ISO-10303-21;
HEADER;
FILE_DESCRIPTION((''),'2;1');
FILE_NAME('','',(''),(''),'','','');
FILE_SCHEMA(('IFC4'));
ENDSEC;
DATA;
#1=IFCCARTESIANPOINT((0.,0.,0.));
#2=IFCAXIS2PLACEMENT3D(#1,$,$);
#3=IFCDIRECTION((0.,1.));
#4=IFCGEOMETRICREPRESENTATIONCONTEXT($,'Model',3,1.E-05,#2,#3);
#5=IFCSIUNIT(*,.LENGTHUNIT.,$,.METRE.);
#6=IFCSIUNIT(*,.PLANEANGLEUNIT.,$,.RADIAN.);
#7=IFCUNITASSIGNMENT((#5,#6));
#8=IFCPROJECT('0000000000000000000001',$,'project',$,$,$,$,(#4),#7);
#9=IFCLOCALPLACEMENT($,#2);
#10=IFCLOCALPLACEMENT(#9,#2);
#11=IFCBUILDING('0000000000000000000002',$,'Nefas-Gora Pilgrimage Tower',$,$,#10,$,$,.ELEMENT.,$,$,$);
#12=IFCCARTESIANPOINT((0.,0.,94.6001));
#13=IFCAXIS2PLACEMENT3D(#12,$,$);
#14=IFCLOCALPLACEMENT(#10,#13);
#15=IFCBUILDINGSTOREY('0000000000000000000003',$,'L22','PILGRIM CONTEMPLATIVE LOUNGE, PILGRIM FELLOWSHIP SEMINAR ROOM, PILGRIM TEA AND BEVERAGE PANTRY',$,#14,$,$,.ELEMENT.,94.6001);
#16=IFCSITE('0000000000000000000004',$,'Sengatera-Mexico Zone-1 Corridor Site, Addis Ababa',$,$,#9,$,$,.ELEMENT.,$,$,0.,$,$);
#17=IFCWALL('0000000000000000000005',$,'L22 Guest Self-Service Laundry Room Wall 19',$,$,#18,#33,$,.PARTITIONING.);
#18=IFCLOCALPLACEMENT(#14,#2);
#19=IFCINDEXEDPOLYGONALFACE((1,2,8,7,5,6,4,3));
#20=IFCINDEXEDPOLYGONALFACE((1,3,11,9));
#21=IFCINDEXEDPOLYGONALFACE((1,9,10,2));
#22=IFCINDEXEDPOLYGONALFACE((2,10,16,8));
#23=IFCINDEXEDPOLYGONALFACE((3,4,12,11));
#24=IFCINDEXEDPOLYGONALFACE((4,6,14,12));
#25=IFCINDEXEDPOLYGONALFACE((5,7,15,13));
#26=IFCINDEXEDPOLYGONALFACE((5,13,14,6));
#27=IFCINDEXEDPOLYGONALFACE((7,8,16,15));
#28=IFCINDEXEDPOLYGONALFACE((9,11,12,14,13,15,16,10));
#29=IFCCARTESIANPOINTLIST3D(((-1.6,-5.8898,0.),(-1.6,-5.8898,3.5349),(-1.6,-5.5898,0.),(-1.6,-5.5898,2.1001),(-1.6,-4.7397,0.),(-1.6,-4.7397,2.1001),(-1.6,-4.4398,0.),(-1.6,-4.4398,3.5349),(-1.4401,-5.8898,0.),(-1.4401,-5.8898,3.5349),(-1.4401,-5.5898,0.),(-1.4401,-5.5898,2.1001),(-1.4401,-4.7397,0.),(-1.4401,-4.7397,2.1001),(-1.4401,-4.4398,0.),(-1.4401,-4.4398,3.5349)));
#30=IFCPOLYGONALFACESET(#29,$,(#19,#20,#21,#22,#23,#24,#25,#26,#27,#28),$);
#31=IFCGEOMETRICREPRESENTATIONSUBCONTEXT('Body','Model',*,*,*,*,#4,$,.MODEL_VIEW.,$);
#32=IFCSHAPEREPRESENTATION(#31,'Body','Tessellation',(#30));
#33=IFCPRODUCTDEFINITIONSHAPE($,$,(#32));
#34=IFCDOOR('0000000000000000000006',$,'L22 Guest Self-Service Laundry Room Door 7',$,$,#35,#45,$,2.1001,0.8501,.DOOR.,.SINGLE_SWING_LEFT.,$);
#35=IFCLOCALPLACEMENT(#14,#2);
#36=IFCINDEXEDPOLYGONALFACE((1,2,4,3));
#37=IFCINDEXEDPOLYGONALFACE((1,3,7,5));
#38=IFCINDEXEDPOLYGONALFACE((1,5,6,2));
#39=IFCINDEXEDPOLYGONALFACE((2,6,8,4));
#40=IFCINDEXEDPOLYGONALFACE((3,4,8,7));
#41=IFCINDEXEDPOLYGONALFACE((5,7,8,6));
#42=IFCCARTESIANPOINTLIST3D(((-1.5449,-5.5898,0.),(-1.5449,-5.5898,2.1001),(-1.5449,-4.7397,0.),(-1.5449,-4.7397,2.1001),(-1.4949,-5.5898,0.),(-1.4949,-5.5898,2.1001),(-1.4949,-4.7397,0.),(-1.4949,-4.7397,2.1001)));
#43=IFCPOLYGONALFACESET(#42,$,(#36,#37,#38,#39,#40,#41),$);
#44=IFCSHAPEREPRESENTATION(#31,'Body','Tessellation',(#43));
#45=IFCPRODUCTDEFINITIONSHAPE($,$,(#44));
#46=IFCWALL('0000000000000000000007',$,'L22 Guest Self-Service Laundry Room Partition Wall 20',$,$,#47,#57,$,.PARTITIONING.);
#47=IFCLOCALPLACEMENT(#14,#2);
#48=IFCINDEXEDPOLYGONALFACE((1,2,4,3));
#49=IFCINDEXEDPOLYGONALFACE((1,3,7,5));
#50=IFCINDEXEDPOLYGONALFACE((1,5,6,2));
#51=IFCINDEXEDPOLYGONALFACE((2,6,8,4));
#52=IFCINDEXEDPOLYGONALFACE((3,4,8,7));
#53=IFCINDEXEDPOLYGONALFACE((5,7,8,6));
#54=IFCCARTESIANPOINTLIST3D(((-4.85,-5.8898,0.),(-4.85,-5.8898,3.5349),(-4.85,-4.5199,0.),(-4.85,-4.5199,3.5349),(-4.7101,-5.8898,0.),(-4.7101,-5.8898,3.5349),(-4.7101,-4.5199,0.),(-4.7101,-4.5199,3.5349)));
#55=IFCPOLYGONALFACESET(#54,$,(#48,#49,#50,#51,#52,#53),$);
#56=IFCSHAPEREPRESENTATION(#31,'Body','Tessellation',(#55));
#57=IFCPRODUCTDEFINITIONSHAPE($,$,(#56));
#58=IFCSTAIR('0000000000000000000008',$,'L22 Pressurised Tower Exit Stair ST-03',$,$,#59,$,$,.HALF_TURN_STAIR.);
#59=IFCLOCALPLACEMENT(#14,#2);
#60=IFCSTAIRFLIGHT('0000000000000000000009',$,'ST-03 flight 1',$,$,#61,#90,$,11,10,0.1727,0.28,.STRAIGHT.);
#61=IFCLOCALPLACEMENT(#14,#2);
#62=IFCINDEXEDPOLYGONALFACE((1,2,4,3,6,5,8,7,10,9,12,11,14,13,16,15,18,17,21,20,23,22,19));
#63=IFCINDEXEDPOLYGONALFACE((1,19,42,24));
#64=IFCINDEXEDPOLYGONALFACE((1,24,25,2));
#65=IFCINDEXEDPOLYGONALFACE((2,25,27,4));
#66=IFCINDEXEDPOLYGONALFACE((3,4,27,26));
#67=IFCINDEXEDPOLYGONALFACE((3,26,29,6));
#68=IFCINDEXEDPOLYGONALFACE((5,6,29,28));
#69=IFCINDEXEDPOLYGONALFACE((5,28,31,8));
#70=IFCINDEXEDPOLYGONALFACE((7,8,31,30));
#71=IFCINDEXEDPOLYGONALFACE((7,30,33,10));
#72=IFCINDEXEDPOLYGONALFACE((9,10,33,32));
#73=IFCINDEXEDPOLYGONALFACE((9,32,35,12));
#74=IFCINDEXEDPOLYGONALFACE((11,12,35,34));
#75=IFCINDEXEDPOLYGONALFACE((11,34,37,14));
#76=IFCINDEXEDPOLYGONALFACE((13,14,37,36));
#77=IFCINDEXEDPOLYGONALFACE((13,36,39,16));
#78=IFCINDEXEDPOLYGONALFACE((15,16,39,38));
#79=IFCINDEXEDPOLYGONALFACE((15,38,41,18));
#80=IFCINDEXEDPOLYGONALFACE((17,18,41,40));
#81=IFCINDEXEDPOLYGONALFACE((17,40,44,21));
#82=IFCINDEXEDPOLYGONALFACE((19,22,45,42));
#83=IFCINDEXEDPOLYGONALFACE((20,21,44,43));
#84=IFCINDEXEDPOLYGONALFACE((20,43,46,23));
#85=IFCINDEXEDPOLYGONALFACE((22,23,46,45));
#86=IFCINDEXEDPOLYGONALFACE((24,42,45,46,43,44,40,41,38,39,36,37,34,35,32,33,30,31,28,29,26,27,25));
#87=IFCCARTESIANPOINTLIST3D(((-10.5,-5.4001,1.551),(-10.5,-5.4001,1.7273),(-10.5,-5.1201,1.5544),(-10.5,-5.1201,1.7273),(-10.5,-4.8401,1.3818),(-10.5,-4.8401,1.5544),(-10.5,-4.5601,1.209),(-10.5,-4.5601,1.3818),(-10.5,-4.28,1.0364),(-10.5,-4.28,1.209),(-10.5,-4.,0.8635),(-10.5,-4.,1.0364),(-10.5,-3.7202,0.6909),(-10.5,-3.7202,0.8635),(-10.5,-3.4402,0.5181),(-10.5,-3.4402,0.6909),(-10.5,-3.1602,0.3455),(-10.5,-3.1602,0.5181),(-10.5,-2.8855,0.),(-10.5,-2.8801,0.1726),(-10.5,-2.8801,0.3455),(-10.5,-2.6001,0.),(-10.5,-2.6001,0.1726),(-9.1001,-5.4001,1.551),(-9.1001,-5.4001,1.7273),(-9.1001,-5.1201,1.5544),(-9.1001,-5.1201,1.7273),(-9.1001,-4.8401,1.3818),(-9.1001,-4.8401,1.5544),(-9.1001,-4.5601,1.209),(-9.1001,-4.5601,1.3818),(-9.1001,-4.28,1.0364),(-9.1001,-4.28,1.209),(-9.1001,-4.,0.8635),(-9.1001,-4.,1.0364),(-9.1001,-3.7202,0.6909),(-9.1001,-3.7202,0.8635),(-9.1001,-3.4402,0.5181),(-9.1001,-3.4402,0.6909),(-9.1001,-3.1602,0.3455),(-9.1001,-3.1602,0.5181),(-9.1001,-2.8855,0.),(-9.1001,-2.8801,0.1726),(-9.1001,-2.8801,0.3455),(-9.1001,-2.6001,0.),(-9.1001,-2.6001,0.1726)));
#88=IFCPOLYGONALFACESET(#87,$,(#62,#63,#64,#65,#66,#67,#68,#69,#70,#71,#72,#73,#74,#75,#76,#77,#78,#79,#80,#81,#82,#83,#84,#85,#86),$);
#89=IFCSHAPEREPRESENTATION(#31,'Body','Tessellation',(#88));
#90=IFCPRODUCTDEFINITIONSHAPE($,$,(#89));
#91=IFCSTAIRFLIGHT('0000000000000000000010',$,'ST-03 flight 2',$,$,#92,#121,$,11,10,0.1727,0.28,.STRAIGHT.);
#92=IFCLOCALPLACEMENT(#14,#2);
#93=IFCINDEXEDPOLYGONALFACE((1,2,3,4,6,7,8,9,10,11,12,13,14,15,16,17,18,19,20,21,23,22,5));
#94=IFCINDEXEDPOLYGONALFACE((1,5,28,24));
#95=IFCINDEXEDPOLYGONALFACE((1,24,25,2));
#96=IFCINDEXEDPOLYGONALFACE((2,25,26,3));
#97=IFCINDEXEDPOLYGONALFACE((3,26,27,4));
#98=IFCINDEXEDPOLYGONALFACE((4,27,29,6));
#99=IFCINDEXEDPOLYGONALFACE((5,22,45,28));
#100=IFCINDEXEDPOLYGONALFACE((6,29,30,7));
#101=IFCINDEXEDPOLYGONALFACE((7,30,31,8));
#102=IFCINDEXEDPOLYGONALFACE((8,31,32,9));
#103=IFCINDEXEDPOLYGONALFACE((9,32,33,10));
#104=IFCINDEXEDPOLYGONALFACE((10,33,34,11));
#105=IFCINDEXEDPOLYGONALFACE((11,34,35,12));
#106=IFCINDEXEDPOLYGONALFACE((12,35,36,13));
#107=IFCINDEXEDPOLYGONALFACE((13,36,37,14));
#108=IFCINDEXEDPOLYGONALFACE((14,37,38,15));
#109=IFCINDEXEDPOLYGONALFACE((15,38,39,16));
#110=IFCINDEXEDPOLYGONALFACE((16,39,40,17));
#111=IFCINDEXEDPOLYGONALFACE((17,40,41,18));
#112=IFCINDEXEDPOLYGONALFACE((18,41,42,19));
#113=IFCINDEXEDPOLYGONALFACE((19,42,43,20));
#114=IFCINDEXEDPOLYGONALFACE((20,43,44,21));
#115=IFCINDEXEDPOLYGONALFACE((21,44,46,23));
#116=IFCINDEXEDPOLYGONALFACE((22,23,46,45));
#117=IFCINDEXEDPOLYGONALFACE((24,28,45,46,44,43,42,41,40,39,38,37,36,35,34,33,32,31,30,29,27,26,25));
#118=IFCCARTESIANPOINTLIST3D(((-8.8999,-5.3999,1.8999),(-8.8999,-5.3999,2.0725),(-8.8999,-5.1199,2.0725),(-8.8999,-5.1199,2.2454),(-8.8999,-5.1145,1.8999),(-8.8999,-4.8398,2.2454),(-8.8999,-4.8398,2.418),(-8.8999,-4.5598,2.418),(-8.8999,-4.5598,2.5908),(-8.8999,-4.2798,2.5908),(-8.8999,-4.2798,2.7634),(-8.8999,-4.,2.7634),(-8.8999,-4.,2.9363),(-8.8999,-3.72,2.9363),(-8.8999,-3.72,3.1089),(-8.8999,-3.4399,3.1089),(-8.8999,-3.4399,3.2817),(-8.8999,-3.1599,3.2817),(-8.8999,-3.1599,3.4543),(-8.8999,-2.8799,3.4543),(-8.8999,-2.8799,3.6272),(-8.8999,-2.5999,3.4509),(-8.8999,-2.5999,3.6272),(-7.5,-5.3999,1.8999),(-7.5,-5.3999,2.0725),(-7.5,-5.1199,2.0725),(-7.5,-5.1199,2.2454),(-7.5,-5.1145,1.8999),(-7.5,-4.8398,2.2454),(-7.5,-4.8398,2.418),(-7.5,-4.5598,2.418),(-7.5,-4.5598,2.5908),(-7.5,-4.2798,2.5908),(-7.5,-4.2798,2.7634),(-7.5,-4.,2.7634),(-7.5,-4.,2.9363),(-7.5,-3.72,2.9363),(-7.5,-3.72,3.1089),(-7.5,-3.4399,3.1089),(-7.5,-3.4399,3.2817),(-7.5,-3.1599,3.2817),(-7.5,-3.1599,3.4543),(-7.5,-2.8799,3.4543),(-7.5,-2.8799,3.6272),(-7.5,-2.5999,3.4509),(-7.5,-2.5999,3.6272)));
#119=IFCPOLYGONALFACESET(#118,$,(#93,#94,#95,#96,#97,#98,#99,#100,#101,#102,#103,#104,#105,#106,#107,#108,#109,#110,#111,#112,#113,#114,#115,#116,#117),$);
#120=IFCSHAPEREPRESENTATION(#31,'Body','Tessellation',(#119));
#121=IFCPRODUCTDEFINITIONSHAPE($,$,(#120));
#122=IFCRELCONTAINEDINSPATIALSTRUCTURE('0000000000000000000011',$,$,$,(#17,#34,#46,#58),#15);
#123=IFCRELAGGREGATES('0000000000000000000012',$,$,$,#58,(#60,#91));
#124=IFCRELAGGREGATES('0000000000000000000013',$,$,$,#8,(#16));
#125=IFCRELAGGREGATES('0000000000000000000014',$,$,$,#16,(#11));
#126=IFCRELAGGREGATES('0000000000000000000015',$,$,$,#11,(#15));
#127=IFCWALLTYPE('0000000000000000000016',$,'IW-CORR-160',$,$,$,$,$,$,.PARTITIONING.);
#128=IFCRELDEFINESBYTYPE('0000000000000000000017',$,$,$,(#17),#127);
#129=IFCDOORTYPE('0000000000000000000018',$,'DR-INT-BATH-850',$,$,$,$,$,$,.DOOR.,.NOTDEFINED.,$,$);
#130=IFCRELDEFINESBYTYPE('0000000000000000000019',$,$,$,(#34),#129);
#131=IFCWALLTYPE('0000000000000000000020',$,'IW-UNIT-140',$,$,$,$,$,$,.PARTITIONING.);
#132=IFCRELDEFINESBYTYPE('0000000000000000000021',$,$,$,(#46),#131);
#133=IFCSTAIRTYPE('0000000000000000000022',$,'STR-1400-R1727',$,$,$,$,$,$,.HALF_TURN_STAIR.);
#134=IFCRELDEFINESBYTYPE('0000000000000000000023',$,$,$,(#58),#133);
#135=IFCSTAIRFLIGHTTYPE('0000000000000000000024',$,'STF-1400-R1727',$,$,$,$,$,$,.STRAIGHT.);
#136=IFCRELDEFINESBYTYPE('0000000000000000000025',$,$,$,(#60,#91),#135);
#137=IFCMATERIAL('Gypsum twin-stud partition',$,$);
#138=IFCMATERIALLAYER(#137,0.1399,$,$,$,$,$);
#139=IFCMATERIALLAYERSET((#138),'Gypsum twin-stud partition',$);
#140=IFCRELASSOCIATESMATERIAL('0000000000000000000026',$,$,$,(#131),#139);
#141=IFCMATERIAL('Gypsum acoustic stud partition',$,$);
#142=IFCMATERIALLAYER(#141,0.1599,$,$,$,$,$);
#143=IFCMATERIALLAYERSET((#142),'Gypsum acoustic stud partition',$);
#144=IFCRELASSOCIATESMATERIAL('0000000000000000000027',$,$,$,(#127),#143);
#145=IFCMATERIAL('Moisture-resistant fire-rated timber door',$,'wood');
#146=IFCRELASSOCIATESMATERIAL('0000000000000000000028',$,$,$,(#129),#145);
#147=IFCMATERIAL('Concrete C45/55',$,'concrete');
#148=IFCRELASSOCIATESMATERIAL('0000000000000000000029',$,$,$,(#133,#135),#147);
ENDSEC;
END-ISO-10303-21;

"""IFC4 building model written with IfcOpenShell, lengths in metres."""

from ifc_helpers import new_model, si_unit, direction, frame, frame_2d, origin, place, context, subcontext, project, spatial, polyline, rectangle, outline, extrude, source, transform, mapped, material, layer, layer_set, type_object, element, fill, aggregate, save


model = new_model("IFC4")

# Units and contexts
model_context = context("Model", 3, precision=1e-05, world=origin(), true_north=direction((0.0, 1.0)))
body_context = subcontext(model_context, "Body", "Model", "MODEL_VIEW")
ifc_project = project(units=[si_unit("LENGTHUNIT", "METRE"), si_unit("PLANEANGLEUNIT", "RADIAN")], contexts=[model_context])

# Site, building, storey
site_placement = place(None, origin())
site = spatial("IfcSite", under=ifc_project, at=site_placement, Name="Sengatera-Mexico Zone-1 Corridor Site, Addis Ababa", CompositionType="ELEMENT", RefElevation=0.0)
building_placement = place(site_placement, origin())
building = spatial("IfcBuilding", under=site, at=building_placement, Name="Nefas-Gora Pilgrimage Tower", CompositionType="ELEMENT")
storey_placement = place(building_placement, frame((0.0, 0.0, 94.6001)))
storey = spatial("IfcBuildingStorey", under=building, at=storey_placement, Name="L22", Description="PILGRIM CONTEMPLATIVE LOUNGE, PILGRIM FELLOWSHIP SEMINAR ROOM, PILGRIM TEA AND BEVERAGE PANTRY", CompositionType="ELEMENT", Elevation=94.6001)

# Shared definitions
ifc_material_1 = material(Name="Concrete C45/55", Category="concrete")

# Shared definitions
ifc_material_2 = material(Name="Gypsum twin-stud partition")
ifc_layer_1 = layer(ifc_material_2, 0.1399)
ifc_layer_set_1 = layer_set([ifc_layer_1], Name="Gypsum twin-stud partition")
wall_type_1 = type_object("IfcWallType", Name="IW-UNIT-140", PredefinedType="PARTITIONING", material=ifc_layer_set_1)
ifc_material_3 = material(Name="Gypsum acoustic stud partition")
ifc_layer_2 = layer(ifc_material_3, 0.1599)
ifc_layer_set_2 = layer_set([ifc_layer_2], Name="Gypsum acoustic stud partition")
wall_type_2 = type_object("IfcWallType", Name="IW-CORR-160", PredefinedType="PARTITIONING", material=ifc_layer_set_2)

# Shared definitions
ifc_material_4 = material(Name="Moisture-resistant fire-rated timber door", Category="wood")
door_type_1 = type_object("IfcDoorType", Name="DR-INT-BATH-850", OperationType="NOTDEFINED", PredefinedType="DOOR", material=ifc_material_4)
shared_shape_1 = source(origin(), body_context, "Body", "SweptSolid", [
    extrude(rectangle(XDim=0.8501, YDim=2.1001, at=frame_2d((0.425, 1.05))), frame((0.0, 0.0249, 0.0), z_axis=(0.0, -1.0, 0.0), x_axis=(1.0, 0.0, 0.0)), (0.0, 0.0, 1.0), 0.05),
])

# Wall, opening, door
shared_shape_2 = source(origin(), body_context, "Body", "SweptSolid", [
    extrude(rectangle(XDim=1.45, YDim=0.1599, at=frame_2d((0.7251, 0.0))), origin(), (0.0, 0.0, 1.0), 3.5349),
])
wall_1_placement = place(storey_placement, frame((-1.52, -5.8899, 0.0), z_axis=(0.0, 0.0, 1.0), x_axis=(0.0, 1.0, 0.0)))
wall_1 = element("IfcWall", 1, at=wall_1_placement, inside=storey, type_object=wall_type_2, Name="L22 Guest Self-Service Laundry Room Wall 19", PredefinedType="PARTITIONING", context=body_context, shape_type="MappedRepresentation", body=[
    mapped(shared_shape_2, transform((0.0, 0.0, 0.0), x_axis=(1.0, 0.0, 0.0), y_axis=(0.0, 1.0, 0.0), z_axis=(0.0, 0.0, 1.0), scale=1.0)),
])
opening_1_placement = place(wall_1_placement, frame((0.3, 0.0, 0.0)))
opening_1 = element("IfcOpeningElement", 2, at=opening_1_placement, cuts=wall_1, PredefinedType="OPENING", context=body_context, shape_type="SweptSolid", body=[
    extrude(rectangle(XDim=0.8501, YDim=2.1001, at=frame_2d((0.425, 1.05))), frame((0.0, 0.0898, 0.0), z_axis=(0.0, -1.0, 0.0), x_axis=(1.0, 0.0, 0.0)), (0.0, 0.0, 1.0), 0.1799),
])
door_1_placement = place(opening_1_placement, origin())
door_1 = element("IfcDoor", 3, at=door_1_placement, inside=storey, type_object=door_type_1, Name="L22 Guest Self-Service Laundry Room Door 7", OperationType="SINGLE_SWING_LEFT", OverallHeight=2.1001, OverallWidth=0.8501, PredefinedType="DOOR", context=body_context, shape_type="MappedRepresentation", body=[
    mapped(shared_shape_1, transform((0.0, 0.0, 0.0), x_axis=(1.0, 0.0, 0.0), y_axis=(0.0, 1.0, 0.0), z_axis=(0.0, 0.0, 1.0), scale=1.0)),
])
fill(opening_1, door_1)

# Wall
shared_shape_3 = source(origin(), body_context, "Body", "SweptSolid", [
    extrude(rectangle(XDim=1.3699, YDim=0.1399, at=frame_2d((0.6851, 0.0))), origin(), (0.0, 0.0, 1.0), 3.5349),
])
wall_2_placement = place(storey_placement, frame((-4.78, -5.8899, 0.0), z_axis=(0.0, 0.0, 1.0), x_axis=(0.0, 1.0, 0.0)))
element("IfcWall", 4, at=wall_2_placement, inside=storey, type_object=wall_type_1, Name="L22 Guest Self-Service Laundry Room Partition Wall 20", PredefinedType="PARTITIONING", context=body_context, shape_type="MappedRepresentation", body=[
    mapped(shared_shape_3, transform((0.0, 0.0, 0.0), x_axis=(1.0, 0.0, 0.0), y_axis=(0.0, 1.0, 0.0), z_axis=(0.0, 0.0, 1.0), scale=1.0)),
])

# Stair, stair flights
stair_type = type_object("IfcStairType", Name="STR-1400-R1727", PredefinedType="HALF_TURN_STAIR", material=ifc_material_1)
stair_placement = place(storey_placement, origin())
stair = element("IfcStair", 5, at=stair_placement, inside=storey, type_object=stair_type, Name="L22 Pressurised Tower Exit Stair ST-03", PredefinedType="HALF_TURN_STAIR")
stair_flight_type = type_object("IfcStairFlightType", Name="STF-1400-R1727", PredefinedType="STRAIGHT", material=ifc_material_1)
shared_shape_4 = source(origin(), body_context, "Body", "SweptSolid", [
    extrude(outline(polyline([(0.0, 0.0), (0.0, 0.1726), (0.28, 0.1726), (0.28, 0.3455), (0.5601, 0.3455), (0.5601, 0.5181), (0.8401, 0.5181), (0.8401, 0.6909), (1.1201, 0.6909), (1.1201, 0.8635), (1.3999, 0.8635), (1.3999, 1.0364), (1.6799, 1.0364), (1.6799, 1.209), (1.96, 1.209), (1.96, 1.3818), (2.24, 1.3818), (2.24, 1.5544), (2.52, 1.5544), (2.52, 1.7273), (2.8, 1.7273), (2.8, 1.8999), (2.8, 1.551), (0.2854, 0.0), (0.0, 0.0)])), frame((0.0, 0.7, 0.0), z_axis=(0.0, -1.0, 0.0), x_axis=(1.0, 0.0, 0.0)), (0.0, 0.0, 1.0), 1.3999),
])
stair_flight_1_placement = place(storey_placement, frame((-9.8, -2.6001, 0.0), z_axis=(0.0, 0.0, 1.0), x_axis=(0.0, -1.0, 0.0)))
stair_flight_1 = element("IfcStairFlight", 6, at=stair_flight_1_placement, type_object=stair_flight_type, Name="ST-03 flight 1", NumberOfRisers=11, NumberOfTreads=10, PredefinedType="STRAIGHT", RiserHeight=0.1727, TreadLength=0.28, context=body_context, shape_type="MappedRepresentation", body=[
    mapped(shared_shape_4, transform((0.0, 0.0, 0.0), x_axis=(1.0, 0.0, 0.0), y_axis=(0.0, 1.0, 0.0), z_axis=(0.0, 0.0, 1.0), scale=1.0)),
])
stair_flight_2_placement = place(storey_placement, frame((-8.2, -5.3999, 1.8999), z_axis=(0.0, 0.0, 1.0), x_axis=(0.0, 1.0, 0.0)))
stair_flight_2 = element("IfcStairFlight", 7, at=stair_flight_2_placement, type_object=stair_flight_type, Name="ST-03 flight 2", NumberOfRisers=11, NumberOfTreads=10, PredefinedType="STRAIGHT", RiserHeight=0.1727, TreadLength=0.28, context=body_context, shape_type="MappedRepresentation", body=[
    mapped(shared_shape_4, transform((0.0, 0.0, 0.0), x_axis=(1.0, 0.0, 0.0), y_axis=(0.0, 1.0, 0.0), z_axis=(0.0, 0.0, 1.0), scale=1.0)),
])
aggregate(stair, [stair_flight_1, stair_flight_2])

save(model, "model.ifc")
